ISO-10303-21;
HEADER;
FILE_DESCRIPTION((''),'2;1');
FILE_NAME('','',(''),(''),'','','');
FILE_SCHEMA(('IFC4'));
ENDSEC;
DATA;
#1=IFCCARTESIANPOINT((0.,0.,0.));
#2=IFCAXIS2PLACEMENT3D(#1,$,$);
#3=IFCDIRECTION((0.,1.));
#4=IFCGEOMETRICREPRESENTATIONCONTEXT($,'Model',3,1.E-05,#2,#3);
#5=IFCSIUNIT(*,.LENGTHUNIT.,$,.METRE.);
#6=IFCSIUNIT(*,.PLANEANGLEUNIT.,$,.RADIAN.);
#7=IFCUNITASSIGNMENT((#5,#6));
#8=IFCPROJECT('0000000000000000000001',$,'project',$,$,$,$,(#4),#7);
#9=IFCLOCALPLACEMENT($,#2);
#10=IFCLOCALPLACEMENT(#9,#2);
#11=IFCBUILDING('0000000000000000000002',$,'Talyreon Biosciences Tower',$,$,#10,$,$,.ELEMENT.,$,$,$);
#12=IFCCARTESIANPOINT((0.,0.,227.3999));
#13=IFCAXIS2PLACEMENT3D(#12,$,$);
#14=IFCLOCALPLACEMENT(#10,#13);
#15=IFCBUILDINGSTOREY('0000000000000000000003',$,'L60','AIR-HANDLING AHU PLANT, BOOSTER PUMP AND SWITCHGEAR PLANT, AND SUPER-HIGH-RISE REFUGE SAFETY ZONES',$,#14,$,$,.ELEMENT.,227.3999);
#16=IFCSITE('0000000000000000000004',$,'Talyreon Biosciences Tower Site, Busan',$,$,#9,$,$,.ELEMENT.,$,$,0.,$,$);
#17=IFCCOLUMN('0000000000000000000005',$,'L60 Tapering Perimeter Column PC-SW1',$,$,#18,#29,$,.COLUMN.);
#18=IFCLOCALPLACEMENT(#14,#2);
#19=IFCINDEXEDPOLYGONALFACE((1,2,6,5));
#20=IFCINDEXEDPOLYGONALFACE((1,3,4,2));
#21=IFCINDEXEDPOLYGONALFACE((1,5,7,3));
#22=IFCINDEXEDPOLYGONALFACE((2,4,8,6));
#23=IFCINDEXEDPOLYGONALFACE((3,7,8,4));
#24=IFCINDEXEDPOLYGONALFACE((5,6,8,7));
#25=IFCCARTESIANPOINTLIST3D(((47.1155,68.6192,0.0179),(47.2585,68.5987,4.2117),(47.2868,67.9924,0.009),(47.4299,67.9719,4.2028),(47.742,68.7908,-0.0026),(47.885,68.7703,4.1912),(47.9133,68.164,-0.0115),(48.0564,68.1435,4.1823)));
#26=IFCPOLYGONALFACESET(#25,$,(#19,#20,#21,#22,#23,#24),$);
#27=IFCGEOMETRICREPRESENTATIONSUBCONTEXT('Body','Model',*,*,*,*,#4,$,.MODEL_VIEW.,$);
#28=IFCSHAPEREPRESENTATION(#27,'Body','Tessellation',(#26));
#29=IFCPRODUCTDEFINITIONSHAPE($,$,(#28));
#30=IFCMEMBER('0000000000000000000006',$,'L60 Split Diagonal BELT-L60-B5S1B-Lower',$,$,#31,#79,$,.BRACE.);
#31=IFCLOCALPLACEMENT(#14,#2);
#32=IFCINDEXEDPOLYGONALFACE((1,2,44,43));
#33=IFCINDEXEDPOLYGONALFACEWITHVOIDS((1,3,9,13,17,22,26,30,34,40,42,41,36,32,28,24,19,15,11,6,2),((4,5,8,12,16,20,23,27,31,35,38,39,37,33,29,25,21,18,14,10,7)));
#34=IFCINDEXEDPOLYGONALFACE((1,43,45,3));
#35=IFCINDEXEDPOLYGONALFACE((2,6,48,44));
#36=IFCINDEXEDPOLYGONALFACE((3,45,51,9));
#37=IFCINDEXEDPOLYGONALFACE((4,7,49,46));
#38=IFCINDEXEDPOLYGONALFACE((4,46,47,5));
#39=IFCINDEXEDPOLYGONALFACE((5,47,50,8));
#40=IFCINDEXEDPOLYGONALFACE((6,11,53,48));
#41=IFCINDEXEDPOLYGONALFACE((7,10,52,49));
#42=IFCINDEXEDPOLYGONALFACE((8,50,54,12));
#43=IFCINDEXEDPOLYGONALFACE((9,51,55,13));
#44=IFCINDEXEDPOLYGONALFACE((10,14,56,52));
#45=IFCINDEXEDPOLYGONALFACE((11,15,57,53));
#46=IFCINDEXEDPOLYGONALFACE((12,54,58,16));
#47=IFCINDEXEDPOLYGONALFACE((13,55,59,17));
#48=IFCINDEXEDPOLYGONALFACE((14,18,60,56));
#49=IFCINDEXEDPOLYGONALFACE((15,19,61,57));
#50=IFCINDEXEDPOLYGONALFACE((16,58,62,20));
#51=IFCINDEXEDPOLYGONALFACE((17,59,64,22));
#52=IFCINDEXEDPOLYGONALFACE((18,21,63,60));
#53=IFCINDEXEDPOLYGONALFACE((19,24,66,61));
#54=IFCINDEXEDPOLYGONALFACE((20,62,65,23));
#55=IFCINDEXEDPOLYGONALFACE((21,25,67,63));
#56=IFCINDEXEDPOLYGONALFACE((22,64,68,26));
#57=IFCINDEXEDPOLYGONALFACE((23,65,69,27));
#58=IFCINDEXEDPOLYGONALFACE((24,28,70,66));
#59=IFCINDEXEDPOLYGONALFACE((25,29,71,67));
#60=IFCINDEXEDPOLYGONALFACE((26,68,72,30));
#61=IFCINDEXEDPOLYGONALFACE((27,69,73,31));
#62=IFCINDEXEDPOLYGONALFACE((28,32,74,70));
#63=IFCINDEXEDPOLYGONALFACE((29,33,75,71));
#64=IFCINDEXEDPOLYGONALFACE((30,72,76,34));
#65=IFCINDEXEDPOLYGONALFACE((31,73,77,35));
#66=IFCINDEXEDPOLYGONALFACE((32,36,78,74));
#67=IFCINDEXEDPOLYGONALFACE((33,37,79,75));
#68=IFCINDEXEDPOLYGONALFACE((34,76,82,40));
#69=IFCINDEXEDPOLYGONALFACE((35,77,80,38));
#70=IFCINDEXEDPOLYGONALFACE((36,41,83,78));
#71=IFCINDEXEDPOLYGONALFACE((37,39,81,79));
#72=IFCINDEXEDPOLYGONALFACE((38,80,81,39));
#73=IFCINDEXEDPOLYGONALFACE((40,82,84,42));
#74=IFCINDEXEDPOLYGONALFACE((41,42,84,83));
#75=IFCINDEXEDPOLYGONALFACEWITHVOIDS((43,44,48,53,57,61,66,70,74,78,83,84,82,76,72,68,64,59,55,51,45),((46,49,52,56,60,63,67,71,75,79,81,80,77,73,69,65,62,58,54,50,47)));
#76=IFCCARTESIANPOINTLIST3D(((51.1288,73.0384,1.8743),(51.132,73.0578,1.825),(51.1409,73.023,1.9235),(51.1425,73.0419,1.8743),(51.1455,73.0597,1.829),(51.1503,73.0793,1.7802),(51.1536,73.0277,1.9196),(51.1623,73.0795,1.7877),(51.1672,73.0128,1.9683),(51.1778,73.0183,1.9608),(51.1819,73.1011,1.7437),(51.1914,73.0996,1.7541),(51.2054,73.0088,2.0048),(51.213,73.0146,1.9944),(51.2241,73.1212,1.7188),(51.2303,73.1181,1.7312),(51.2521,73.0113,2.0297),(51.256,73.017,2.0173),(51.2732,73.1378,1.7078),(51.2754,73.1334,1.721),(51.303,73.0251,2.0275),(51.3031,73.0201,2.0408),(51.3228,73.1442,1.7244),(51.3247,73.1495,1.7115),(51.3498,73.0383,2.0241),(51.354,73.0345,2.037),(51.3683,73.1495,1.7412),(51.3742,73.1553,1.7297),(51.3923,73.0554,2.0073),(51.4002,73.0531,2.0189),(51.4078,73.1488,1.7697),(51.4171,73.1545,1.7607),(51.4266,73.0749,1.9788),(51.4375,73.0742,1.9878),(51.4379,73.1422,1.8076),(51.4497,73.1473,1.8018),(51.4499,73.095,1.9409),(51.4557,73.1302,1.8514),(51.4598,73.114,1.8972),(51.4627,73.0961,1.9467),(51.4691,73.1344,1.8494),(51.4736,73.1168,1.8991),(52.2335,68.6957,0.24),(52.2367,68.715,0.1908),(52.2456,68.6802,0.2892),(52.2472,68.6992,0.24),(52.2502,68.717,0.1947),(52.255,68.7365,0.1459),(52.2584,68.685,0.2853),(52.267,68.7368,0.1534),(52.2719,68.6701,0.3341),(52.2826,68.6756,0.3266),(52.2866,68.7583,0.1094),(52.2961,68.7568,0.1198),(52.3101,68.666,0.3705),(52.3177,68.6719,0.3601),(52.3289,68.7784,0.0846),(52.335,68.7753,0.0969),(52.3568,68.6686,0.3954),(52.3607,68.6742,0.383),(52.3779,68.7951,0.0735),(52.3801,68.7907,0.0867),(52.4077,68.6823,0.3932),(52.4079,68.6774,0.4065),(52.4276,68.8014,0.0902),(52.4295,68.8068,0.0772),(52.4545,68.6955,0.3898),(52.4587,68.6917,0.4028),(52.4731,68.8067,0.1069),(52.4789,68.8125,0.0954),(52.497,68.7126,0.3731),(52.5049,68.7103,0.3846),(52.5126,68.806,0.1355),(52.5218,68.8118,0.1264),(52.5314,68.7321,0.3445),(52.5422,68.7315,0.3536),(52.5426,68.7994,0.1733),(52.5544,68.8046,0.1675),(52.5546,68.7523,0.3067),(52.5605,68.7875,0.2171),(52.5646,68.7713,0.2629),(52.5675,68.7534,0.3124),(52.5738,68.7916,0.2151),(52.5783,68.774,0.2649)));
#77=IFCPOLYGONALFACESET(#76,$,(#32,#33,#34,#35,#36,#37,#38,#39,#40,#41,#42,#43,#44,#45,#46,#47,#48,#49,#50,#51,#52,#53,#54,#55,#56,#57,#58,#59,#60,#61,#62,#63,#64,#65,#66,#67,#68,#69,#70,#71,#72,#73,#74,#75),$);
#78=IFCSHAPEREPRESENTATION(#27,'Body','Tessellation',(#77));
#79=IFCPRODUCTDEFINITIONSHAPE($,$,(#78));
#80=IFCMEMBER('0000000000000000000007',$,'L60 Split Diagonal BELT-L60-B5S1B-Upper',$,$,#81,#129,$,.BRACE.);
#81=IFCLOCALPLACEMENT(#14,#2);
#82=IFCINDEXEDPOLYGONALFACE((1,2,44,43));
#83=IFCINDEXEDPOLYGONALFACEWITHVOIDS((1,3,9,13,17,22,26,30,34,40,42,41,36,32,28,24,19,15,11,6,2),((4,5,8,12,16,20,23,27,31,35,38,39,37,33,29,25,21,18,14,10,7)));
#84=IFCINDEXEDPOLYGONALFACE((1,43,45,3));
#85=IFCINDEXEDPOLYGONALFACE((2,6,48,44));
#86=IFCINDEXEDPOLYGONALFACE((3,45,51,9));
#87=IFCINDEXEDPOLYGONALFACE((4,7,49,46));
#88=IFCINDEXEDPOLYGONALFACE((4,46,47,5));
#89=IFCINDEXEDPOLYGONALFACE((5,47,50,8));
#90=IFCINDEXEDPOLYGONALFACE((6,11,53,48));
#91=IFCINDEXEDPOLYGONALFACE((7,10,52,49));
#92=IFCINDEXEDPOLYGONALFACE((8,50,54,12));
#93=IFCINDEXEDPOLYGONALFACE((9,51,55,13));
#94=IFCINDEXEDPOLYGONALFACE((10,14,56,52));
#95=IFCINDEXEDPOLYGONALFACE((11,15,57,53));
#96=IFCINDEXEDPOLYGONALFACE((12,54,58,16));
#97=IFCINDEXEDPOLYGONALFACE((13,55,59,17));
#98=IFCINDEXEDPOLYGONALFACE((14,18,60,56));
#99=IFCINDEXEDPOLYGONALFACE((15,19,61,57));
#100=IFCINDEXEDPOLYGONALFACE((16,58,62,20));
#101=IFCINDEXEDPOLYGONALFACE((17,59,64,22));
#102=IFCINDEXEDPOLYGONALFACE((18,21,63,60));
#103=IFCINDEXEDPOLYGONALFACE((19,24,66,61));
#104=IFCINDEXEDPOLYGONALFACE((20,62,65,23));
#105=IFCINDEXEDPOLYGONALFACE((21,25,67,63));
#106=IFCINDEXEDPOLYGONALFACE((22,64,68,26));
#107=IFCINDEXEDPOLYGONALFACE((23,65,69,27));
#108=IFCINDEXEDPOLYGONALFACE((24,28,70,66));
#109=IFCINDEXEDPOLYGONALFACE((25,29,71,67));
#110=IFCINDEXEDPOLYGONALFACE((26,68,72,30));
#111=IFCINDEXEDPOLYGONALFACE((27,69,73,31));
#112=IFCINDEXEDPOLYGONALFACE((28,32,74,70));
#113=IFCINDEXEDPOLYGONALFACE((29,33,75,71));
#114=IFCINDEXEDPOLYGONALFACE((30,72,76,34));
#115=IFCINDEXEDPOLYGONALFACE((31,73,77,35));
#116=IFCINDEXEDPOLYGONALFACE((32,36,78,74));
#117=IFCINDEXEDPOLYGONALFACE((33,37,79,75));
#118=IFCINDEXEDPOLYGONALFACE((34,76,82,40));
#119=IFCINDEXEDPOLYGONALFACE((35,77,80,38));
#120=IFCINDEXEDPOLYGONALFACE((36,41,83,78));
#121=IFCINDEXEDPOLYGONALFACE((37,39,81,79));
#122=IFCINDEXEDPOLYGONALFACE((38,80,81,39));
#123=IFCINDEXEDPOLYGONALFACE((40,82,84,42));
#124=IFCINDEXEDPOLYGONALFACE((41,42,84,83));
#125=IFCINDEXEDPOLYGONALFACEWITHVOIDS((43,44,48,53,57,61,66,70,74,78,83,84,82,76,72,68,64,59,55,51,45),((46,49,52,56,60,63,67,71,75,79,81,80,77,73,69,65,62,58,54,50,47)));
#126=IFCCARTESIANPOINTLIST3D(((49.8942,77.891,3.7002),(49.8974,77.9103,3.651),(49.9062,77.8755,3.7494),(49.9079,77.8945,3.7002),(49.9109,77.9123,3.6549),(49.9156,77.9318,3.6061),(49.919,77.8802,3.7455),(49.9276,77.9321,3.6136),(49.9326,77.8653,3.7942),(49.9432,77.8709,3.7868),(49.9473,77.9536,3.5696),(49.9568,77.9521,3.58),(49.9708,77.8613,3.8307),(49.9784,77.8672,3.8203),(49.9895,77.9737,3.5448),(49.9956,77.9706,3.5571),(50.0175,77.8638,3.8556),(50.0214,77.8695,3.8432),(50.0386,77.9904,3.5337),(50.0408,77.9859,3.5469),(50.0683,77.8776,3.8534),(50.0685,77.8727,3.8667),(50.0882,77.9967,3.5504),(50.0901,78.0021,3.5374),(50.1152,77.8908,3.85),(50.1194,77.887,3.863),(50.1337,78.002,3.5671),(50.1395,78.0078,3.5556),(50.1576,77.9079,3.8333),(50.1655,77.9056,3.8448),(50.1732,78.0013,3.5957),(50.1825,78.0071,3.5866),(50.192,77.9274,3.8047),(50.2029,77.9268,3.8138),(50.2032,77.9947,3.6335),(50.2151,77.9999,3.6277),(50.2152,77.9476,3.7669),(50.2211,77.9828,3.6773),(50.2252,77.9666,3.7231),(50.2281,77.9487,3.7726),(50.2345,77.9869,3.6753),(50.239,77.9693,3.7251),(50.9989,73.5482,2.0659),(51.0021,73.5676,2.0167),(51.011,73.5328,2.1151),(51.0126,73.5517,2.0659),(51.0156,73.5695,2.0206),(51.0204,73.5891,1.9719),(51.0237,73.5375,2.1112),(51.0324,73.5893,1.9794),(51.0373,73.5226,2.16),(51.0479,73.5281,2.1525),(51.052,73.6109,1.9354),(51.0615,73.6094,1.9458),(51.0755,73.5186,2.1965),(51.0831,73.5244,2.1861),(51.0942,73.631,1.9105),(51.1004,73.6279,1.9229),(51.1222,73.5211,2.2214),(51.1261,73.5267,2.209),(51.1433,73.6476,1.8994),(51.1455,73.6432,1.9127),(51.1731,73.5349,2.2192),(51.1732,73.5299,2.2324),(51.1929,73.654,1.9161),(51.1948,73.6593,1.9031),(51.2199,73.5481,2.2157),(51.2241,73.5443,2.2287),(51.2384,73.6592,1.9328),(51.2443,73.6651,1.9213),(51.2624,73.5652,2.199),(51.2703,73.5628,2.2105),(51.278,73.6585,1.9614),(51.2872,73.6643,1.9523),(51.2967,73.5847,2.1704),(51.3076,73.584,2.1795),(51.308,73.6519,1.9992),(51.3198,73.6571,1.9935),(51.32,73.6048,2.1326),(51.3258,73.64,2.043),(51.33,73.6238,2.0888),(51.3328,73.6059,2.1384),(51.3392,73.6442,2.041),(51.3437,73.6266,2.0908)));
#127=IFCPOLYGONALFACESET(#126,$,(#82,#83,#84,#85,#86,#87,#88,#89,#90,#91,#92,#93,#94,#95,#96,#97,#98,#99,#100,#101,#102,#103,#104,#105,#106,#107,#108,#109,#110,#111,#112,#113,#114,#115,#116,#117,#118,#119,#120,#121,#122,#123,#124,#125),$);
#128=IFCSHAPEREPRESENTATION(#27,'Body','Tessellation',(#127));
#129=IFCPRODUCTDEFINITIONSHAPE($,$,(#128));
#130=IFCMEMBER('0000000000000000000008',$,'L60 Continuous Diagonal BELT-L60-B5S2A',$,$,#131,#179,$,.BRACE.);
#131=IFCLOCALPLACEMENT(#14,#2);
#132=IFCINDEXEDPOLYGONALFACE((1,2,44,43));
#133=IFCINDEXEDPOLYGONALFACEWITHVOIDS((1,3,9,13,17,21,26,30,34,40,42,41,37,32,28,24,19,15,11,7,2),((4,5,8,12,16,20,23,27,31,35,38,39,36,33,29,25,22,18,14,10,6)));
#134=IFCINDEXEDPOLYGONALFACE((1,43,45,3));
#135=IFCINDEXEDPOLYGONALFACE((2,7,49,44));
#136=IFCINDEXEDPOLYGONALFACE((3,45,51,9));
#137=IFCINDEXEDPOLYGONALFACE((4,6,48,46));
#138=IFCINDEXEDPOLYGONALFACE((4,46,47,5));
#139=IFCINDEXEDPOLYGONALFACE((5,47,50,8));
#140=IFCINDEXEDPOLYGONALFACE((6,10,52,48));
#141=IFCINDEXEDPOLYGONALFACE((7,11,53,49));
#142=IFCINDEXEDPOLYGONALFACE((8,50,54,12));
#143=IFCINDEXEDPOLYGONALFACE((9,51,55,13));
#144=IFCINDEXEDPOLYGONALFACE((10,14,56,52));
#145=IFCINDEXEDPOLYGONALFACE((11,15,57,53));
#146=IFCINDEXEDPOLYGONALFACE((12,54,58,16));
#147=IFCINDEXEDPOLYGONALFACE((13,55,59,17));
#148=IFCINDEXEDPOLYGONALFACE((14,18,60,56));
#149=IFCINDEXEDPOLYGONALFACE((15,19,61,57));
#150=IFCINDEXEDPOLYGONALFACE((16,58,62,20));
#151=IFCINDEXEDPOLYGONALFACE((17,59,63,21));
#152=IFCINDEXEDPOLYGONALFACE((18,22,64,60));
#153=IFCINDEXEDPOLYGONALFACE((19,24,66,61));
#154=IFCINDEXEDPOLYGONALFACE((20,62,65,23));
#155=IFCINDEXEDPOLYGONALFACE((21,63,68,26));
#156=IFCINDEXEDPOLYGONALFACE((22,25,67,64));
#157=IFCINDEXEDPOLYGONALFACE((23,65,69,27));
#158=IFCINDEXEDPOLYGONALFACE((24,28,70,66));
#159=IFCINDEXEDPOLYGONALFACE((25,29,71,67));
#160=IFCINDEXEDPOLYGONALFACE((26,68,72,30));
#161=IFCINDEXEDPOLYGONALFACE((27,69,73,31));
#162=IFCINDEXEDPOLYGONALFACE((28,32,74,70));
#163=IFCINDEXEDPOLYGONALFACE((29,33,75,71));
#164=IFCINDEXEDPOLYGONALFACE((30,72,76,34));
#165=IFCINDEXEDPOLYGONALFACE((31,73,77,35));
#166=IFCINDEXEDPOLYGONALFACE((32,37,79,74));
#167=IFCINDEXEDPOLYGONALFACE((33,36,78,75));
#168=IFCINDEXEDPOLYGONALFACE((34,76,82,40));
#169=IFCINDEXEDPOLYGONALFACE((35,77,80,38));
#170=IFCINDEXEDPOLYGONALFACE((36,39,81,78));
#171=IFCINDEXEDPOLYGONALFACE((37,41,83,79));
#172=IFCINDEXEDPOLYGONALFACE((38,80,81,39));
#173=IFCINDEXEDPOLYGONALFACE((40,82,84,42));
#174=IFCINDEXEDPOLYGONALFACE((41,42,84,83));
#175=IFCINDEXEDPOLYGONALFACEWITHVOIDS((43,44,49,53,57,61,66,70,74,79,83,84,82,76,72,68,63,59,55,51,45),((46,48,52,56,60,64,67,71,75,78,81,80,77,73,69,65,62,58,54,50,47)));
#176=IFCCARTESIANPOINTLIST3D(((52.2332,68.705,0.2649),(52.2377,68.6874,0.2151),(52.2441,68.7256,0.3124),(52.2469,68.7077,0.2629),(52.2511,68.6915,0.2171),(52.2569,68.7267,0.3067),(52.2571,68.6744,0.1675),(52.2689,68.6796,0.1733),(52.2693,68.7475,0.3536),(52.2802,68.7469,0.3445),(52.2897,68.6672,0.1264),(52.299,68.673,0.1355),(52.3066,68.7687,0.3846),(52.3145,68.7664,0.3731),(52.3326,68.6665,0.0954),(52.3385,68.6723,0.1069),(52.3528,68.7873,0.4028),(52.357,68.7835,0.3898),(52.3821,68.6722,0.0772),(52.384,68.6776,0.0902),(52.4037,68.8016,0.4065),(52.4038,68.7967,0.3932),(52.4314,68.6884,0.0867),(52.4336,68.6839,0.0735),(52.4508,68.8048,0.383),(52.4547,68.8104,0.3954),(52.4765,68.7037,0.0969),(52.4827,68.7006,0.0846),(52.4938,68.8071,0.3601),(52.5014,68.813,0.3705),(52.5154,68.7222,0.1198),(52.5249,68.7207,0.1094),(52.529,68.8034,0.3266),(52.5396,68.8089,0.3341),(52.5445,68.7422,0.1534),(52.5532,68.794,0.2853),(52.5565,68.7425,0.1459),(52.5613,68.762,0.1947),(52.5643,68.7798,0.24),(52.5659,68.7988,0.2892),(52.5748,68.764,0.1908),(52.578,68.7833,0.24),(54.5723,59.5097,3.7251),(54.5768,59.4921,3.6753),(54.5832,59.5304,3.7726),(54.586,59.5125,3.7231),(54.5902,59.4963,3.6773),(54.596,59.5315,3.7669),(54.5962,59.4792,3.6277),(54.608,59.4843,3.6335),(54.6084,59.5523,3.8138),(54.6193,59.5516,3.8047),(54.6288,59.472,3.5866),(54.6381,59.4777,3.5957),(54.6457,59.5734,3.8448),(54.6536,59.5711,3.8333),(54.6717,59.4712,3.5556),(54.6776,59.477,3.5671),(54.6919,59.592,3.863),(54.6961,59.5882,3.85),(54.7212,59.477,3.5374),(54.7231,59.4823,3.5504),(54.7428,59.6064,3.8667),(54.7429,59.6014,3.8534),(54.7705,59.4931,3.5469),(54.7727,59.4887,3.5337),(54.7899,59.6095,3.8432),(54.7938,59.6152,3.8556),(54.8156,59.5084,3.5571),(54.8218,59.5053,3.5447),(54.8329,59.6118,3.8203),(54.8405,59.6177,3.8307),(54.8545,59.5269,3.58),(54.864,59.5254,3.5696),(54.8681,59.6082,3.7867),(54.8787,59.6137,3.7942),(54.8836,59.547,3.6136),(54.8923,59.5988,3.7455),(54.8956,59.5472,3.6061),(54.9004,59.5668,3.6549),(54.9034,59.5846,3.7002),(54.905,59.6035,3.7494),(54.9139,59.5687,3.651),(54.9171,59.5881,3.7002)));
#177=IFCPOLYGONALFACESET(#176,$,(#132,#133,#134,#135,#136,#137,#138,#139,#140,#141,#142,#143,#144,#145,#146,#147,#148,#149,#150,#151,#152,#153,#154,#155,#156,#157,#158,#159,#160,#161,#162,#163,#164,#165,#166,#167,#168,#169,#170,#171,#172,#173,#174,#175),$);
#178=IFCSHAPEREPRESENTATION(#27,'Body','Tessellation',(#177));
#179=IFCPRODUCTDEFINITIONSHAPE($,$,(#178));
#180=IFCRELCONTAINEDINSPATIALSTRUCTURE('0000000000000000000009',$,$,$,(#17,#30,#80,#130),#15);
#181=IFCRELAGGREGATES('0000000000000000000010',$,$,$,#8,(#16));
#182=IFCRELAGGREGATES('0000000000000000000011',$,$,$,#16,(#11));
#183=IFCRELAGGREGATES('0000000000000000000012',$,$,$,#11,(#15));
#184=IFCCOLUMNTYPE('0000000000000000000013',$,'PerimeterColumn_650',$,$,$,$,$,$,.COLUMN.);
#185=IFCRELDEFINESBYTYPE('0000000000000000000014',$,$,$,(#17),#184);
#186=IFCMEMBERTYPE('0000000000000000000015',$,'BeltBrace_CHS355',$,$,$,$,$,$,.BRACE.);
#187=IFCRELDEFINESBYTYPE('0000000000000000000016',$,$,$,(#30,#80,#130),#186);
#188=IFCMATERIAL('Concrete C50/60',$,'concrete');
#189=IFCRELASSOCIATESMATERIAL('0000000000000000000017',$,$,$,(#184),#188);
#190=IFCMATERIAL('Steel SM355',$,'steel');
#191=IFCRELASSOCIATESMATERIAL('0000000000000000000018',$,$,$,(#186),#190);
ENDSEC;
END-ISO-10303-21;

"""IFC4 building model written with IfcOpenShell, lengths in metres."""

from ifc_helpers import new_model, si_unit, direction, frame, origin, origin_2d, place, context, subcontext, project, spatial, rectangle, hollow_circle, extrude, material, material_profile, profile_set, type_object, element, save


model = new_model("IFC4")

# Units and contexts
model_context = context("Model", 3, precision=1e-05, world=origin(), true_north=direction((0.0, 1.0)))
body_context = subcontext(model_context, "Body", "Model", "MODEL_VIEW")
ifc_project = project(units=[si_unit("LENGTHUNIT", "METRE"), si_unit("PLANEANGLEUNIT", "RADIAN")], contexts=[model_context])

# Site, building, storey
site_placement = place(None, origin())
site = spatial("IfcSite", under=ifc_project, at=site_placement, Name="Talyreon Biosciences Tower Site, Busan", CompositionType="ELEMENT", RefElevation=0.0)
building_placement = place(site_placement, origin())
building = spatial("IfcBuilding", under=site, at=building_placement, Name="Talyreon Biosciences Tower", CompositionType="ELEMENT")
storey_placement = place(building_placement, frame((0.0, 0.0, 227.3999)))
storey = spatial("IfcBuildingStorey", under=building, at=storey_placement, Name="L60", Description="AIR-HANDLING AHU PLANT, BOOSTER PUMP AND SWITCHGEAR PLANT, AND SUPER-HIGH-RISE REFUGE SAFETY ZONES", CompositionType="ELEMENT", Elevation=227.3999)

# Column
ifc_material_1 = material(Name="Concrete C50/60", Category="concrete")
ifc_material_profile_1 = material_profile(ifc_material_1, rectangle(XDim=0.6499, YDim=0.6499, at=origin_2d()), Name="RC 650x650")
ifc_profile_set_1 = profile_set([ifc_material_profile_1], Name="Concrete C50/60")
column_type = type_object("IfcColumnType", Name="PerimeterColumn_650", PredefinedType="COLUMN", material=ifc_profile_set_1)
column_placement = place(storey_placement, frame((47.5144, 68.3916, 0.0032), z_axis=(0.034093, -0.004887, 0.999407), x_axis=(0.964007, 0.263993, -0.031595)))
element("IfcColumn", 1, at=column_placement, inside=storey, type_object=column_type, Name="L60 Tapering Perimeter Column PC-SW1", PredefinedType="COLUMN", context=body_context, shape_type="SweptSolid", body=[
    extrude(rectangle(XDim=0.6499, YDim=0.6499, at=origin_2d()), origin(), (0.0, 0.0, 1.0), 4.1963),
])

# Members
ifc_material_2 = material(Name="Steel SM355", Category="steel")
ifc_material_profile_2 = material_profile(ifc_material_2, hollow_circle(Radius=0.1777, WallThickness=0.0142, at=origin_2d()), Name="CHS 355.6x14.2")
ifc_profile_set_2 = profile_set([ifc_material_profile_2], Name="Steel SM355")
member_type_1 = type_object("IfcMemberType", Name="BeltBrace_CHS355", PredefinedType="BRACE", material=ifc_profile_set_2)
for number, where, z_axis, x_axis, name in (
    (2, (52.4058, 68.7395, 0.24), (-0.231611, 0.910473, 0.34263), (-0.969134, -0.246533, 0.0), "L60 Split Diagonal BELT-L60-B5S1B-Lower"),
    (3, (51.1711, 73.592, 2.0659), (-0.231611, 0.910473, 0.34263), (-0.969134, -0.246533, 0.0), "L60 Split Diagonal BELT-L60-B5S1B-Upper"),
):
    element("IfcMember", number, at=place(storey_placement, frame(where, z_axis=z_axis, x_axis=x_axis)), inside=storey, type_object=member_type_1, Name=name, PredefinedType="BRACE", context=body_context, shape_type="SweptSolid", body=[
        extrude(hollow_circle(Radius=0.1777, WallThickness=0.0142, at=origin_2d()), origin(), (0.0, 0.0, 1.0), 4.7698),
    ])
member_1_placement = place(storey_placement, frame((52.4058, 68.7395, 0.24), z_axis=(0.231609, -0.910479, 0.342614), x_axis=(0.969135, 0.246529, 0.0)))
element("IfcMember", 4, at=member_1_placement, inside=storey, type_object=member_type_1, Name="L60 Continuous Diagonal BELT-L60-B5S2A", PredefinedType="BRACE", context=body_context, shape_type="SweptSolid", body=[
    extrude(hollow_circle(Radius=0.1777, WallThickness=0.0142, at=origin_2d()), origin(), (0.0, 0.0, 1.0), 10.0994),
])

save(model, "model.ifc")
